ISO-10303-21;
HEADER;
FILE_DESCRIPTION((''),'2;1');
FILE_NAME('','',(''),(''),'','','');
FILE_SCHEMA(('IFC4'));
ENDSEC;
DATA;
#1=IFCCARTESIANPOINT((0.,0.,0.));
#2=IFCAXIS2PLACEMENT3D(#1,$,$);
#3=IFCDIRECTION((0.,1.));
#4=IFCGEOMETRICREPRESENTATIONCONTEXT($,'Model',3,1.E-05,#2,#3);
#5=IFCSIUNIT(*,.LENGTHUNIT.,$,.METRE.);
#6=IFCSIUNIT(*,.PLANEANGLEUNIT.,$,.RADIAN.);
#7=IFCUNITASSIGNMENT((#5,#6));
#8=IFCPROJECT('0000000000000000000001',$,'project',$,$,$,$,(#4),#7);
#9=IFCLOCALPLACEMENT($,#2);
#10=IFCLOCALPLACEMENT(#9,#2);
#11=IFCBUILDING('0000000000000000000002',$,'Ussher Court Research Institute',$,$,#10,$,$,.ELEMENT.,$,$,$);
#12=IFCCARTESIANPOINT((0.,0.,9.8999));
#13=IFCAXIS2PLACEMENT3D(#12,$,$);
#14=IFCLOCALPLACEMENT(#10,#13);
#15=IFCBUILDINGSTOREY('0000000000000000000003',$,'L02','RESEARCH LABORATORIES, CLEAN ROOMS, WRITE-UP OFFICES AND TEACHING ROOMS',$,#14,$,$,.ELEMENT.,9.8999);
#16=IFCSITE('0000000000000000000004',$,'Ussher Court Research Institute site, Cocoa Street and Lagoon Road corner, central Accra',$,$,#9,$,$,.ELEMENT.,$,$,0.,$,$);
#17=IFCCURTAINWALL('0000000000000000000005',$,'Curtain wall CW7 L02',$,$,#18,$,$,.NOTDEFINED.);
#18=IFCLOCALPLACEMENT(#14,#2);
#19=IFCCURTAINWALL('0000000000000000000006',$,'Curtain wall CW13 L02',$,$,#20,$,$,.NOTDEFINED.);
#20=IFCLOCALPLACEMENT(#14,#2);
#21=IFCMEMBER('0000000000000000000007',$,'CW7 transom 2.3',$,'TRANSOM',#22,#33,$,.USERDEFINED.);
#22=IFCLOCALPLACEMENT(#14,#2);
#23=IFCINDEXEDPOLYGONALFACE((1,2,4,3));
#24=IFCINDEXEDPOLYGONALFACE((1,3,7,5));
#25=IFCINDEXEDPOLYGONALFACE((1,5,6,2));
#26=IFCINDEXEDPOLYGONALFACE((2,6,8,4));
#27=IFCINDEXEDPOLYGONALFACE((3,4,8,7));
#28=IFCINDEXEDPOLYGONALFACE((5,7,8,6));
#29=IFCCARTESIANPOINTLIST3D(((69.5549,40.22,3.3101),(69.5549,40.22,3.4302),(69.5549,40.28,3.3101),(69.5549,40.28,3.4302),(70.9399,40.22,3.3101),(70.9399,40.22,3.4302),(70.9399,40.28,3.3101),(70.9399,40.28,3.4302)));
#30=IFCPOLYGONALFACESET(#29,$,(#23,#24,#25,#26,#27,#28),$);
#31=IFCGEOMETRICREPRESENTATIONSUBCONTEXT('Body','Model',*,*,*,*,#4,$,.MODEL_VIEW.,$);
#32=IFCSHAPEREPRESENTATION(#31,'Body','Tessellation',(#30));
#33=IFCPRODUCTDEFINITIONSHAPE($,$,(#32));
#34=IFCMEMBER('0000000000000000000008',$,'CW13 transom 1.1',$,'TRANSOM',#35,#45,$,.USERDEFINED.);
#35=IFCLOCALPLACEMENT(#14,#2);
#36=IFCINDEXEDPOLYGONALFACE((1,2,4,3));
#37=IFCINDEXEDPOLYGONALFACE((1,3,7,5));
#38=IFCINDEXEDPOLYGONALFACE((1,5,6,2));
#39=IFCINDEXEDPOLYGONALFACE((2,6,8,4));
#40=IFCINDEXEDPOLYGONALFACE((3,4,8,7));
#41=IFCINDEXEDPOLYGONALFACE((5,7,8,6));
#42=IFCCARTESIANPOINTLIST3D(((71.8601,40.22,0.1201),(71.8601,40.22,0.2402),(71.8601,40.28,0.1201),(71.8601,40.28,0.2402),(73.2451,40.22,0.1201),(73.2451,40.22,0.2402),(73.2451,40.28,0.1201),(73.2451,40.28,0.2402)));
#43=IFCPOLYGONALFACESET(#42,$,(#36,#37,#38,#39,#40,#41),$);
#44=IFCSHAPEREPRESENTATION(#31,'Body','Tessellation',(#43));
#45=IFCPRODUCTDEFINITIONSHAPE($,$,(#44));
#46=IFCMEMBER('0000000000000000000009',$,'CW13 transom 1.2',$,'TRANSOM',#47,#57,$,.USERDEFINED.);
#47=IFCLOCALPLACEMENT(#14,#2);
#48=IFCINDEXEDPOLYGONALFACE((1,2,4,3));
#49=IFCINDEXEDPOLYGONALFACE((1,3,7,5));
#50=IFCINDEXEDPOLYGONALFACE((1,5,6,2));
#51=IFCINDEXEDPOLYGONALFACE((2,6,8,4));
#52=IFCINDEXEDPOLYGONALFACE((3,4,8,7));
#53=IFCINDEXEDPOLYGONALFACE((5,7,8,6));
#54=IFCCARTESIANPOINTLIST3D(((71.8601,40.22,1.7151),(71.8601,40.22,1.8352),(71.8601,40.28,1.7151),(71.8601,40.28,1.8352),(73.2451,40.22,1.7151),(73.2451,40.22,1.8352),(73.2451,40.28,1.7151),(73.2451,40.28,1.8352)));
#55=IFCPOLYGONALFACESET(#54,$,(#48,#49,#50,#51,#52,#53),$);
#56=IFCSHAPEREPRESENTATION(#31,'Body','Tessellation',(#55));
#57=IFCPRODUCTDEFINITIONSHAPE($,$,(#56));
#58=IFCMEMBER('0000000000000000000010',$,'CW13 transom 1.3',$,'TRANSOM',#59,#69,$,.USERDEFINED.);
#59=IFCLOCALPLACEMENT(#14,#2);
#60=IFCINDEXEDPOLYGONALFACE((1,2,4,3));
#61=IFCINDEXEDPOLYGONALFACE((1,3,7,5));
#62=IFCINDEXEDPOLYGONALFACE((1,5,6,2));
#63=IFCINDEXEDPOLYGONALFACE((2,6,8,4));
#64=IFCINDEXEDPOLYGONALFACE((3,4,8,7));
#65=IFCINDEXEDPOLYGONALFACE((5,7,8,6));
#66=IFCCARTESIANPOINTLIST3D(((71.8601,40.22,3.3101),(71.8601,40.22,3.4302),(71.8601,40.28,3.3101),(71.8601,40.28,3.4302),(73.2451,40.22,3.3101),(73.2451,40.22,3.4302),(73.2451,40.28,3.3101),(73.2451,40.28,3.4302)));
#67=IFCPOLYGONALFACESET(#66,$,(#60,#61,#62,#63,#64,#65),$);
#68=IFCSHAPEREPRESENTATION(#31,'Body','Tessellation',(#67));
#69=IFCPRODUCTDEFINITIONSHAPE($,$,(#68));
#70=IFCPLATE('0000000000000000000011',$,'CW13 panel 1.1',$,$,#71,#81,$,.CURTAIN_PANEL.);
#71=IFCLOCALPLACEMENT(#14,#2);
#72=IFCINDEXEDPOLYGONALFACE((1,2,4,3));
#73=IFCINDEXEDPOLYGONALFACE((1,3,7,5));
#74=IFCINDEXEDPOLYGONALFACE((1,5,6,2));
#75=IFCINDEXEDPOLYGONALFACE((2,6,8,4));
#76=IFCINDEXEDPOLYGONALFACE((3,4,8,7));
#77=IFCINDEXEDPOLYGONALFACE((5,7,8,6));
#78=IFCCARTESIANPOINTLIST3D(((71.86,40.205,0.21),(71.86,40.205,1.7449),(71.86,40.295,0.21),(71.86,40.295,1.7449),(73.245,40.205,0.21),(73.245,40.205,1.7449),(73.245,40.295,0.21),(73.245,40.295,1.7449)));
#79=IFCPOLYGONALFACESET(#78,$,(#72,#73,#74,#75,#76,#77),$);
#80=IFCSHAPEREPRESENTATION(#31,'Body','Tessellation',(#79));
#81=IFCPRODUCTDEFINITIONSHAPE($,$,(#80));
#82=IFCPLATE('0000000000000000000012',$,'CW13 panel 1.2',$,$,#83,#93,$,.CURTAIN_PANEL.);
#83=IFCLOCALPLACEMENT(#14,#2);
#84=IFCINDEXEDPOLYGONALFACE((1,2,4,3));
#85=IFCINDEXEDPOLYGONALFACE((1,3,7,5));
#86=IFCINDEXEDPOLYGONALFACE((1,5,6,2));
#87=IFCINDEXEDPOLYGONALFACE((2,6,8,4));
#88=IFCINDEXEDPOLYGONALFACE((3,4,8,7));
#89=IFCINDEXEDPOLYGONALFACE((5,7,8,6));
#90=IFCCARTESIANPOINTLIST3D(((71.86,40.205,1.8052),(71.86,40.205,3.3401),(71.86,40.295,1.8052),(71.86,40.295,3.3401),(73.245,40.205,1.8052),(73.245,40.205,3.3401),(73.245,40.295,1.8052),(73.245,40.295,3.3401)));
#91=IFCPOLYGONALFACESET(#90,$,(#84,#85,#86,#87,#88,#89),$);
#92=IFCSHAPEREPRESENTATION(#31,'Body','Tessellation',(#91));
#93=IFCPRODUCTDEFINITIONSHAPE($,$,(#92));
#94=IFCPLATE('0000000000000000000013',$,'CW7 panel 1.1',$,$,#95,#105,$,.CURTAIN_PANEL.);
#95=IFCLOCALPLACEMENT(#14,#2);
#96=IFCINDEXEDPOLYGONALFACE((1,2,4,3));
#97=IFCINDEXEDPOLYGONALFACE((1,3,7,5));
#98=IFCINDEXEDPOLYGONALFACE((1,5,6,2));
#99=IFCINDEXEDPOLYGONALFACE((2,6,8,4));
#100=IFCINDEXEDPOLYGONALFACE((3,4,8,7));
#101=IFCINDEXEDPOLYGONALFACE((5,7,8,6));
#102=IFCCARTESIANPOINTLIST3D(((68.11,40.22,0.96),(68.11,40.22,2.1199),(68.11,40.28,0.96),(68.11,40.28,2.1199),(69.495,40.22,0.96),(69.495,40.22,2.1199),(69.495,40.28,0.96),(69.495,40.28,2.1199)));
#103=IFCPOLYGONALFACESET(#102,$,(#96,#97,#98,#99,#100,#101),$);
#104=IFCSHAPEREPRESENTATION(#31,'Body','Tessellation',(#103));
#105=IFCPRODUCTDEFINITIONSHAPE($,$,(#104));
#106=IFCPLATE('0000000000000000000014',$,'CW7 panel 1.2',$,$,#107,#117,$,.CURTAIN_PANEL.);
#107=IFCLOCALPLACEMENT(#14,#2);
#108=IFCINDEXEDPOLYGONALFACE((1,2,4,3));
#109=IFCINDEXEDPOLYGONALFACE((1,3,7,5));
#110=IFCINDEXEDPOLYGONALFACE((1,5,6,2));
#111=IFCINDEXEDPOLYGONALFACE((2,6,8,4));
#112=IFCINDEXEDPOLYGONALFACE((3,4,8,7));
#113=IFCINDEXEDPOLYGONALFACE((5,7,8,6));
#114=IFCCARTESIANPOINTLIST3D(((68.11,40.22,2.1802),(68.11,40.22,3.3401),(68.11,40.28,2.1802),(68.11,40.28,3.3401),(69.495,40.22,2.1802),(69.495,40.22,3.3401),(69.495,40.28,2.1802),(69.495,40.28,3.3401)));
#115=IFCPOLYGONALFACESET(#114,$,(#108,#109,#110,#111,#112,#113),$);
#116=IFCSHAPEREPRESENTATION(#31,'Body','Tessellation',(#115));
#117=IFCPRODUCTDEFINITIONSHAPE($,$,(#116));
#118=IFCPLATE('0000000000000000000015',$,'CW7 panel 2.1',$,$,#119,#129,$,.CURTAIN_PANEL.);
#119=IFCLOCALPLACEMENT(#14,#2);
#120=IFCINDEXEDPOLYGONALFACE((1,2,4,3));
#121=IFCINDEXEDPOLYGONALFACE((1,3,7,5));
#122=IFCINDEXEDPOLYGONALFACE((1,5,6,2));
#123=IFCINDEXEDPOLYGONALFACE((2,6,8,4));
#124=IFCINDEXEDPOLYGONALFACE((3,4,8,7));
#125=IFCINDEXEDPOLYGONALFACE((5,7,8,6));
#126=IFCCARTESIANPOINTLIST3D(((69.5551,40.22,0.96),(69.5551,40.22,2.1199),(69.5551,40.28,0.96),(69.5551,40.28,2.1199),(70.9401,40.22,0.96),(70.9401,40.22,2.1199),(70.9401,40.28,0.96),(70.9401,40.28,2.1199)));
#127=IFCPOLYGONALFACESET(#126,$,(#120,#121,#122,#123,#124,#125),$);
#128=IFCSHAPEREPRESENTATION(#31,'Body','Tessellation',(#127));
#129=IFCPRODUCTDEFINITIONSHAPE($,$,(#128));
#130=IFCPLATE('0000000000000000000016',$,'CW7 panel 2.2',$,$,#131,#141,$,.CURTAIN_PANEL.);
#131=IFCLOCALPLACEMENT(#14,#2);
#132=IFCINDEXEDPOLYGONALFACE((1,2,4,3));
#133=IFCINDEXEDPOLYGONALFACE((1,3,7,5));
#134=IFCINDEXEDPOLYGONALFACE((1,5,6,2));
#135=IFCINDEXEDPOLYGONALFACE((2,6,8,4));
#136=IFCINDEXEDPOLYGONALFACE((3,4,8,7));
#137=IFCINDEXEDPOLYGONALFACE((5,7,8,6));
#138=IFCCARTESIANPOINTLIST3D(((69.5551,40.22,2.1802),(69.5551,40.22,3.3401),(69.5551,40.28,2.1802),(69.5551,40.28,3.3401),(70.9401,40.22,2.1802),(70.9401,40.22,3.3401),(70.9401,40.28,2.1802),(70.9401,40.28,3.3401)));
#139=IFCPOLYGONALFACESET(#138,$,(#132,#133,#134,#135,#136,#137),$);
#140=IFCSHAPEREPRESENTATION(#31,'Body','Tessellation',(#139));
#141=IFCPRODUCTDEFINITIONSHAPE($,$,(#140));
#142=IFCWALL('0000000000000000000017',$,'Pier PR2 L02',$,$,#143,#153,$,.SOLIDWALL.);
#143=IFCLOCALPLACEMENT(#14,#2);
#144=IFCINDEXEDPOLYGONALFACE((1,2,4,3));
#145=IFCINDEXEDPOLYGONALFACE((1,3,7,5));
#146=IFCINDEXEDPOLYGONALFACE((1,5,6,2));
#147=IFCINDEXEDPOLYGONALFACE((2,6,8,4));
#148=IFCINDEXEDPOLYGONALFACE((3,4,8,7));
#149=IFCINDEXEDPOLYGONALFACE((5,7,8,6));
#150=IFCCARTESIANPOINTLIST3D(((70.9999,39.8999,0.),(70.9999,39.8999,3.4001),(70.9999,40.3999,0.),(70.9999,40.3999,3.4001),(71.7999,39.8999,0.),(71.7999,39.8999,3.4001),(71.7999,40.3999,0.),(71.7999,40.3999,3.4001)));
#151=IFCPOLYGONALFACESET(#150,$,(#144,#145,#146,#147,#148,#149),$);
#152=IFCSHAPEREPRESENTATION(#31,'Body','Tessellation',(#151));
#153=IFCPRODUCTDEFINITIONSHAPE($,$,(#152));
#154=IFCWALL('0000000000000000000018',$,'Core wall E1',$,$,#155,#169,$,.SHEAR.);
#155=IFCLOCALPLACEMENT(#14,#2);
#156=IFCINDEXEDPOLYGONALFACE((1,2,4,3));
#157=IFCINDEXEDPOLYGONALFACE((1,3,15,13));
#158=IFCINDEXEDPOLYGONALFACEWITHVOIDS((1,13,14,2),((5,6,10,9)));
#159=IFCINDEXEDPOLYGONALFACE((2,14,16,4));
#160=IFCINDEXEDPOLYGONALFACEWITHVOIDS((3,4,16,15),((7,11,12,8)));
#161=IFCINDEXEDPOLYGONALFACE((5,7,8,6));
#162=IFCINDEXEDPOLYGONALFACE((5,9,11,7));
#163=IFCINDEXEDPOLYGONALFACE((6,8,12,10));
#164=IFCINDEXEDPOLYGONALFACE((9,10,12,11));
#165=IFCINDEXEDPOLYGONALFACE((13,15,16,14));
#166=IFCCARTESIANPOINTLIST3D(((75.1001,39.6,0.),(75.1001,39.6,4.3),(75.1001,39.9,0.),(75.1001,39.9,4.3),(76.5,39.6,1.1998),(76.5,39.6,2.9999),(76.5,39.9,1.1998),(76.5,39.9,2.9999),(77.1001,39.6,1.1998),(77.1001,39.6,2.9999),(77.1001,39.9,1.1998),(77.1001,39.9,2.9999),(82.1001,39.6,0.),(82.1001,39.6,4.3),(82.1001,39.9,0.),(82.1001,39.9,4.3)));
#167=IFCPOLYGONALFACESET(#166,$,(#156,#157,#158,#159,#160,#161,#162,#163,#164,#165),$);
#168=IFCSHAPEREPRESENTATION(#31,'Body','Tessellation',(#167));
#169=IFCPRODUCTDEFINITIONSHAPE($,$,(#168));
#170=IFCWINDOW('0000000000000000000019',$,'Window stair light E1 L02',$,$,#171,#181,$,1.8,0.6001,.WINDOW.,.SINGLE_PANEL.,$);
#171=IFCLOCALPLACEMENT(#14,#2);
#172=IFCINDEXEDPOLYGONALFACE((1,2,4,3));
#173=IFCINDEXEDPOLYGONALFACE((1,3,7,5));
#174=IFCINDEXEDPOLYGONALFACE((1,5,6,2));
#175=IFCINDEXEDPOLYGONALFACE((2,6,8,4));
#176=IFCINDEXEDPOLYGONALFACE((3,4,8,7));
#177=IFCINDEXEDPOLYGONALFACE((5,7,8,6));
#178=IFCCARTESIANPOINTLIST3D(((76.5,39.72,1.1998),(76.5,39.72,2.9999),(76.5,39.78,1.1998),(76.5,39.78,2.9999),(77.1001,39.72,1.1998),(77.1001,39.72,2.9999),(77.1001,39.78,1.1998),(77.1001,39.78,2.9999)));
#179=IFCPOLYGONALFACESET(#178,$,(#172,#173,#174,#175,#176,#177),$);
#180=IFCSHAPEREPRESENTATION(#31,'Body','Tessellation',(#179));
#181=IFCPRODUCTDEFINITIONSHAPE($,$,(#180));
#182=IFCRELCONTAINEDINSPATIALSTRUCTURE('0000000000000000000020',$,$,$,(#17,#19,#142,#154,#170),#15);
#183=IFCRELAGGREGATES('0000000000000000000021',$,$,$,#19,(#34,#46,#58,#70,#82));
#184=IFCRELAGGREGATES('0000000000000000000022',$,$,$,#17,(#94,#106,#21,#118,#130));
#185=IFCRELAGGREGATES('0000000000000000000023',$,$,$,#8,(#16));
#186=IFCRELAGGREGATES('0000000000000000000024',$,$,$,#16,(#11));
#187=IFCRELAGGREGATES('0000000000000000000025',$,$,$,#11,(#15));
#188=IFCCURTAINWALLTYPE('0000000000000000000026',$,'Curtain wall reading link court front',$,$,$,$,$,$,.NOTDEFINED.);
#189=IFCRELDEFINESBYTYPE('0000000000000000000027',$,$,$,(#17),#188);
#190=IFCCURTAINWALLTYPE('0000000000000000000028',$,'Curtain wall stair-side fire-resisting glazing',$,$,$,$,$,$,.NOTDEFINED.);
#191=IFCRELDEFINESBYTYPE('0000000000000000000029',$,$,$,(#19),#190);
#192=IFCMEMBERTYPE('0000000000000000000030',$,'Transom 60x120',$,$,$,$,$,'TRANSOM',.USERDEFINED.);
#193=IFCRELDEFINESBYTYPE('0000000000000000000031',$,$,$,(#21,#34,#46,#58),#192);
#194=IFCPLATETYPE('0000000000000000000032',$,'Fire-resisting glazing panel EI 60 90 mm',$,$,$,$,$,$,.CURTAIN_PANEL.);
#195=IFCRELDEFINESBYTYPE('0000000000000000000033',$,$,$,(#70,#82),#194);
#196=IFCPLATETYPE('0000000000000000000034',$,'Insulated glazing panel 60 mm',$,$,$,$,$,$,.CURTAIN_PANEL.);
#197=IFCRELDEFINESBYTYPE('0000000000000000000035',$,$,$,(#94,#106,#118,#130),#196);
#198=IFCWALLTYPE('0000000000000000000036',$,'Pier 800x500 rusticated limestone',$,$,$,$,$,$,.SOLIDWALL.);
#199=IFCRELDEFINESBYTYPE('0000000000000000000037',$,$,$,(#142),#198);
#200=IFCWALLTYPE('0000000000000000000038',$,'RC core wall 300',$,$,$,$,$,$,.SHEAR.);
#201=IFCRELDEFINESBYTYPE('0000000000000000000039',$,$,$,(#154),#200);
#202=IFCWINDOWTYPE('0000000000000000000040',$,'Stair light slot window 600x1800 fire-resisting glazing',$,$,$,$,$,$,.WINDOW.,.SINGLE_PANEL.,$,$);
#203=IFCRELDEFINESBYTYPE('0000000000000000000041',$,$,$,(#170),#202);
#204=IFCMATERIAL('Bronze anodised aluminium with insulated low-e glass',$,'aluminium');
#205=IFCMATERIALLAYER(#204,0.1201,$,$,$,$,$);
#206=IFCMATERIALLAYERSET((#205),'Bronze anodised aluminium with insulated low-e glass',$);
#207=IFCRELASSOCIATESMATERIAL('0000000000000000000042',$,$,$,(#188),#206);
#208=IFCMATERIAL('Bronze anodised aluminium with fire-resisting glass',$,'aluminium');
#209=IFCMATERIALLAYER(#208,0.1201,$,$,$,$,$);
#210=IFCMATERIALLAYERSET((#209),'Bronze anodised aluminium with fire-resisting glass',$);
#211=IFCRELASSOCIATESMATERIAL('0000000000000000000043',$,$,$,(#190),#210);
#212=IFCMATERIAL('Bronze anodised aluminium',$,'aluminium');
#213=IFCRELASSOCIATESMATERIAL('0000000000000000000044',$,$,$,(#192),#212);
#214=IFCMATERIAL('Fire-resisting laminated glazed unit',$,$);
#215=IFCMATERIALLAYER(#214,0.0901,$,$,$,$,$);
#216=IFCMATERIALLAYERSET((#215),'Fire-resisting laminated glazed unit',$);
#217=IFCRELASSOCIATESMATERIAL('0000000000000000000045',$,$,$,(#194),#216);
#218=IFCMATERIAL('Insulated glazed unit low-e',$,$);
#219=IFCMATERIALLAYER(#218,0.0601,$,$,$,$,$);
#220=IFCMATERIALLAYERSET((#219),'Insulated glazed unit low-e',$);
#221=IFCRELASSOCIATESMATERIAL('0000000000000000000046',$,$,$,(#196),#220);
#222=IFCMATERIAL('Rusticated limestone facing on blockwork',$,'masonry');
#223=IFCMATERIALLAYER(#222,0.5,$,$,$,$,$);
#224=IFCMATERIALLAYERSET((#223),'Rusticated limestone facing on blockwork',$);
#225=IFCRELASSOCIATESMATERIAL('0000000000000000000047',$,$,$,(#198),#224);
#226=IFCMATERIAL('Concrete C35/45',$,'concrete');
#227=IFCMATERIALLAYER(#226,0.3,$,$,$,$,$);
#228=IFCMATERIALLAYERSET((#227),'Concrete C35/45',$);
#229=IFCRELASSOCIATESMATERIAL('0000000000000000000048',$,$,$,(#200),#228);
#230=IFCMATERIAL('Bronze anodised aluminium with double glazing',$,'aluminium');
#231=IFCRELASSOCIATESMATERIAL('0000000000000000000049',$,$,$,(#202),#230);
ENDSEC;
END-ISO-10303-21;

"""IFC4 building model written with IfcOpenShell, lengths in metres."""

from ifc_helpers import new_model, si_unit, direction, frame, frame_2d, origin, origin_2d, place, context, subcontext, project, spatial, rectangle, extrude, material, layer, layer_set, material_profile, profile_set, type_object, element, fill, aggregate, save


model = new_model("IFC4")

# Units and contexts
model_context = context("Model", 3, precision=1e-05, world=origin(), true_north=direction((0.0, 1.0)))
body_context = subcontext(model_context, "Body", "Model", "MODEL_VIEW")
ifc_project = project(units=[si_unit("LENGTHUNIT", "METRE"), si_unit("PLANEANGLEUNIT", "RADIAN")], contexts=[model_context])

# Site, building, storey
site_placement = place(None, origin())
site = spatial("IfcSite", under=ifc_project, at=site_placement, Name="Ussher Court Research Institute site, Cocoa Street and Lagoon Road corner, central Accra", CompositionType="ELEMENT", RefElevation=0.0)
building_placement = place(site_placement, origin())
building = spatial("IfcBuilding", under=site, at=building_placement, Name="Ussher Court Research Institute", CompositionType="ELEMENT")
storey_placement = place(building_placement, frame((0.0, 0.0, 9.8999)))
storey = spatial("IfcBuildingStorey", under=building, at=storey_placement, Name="L02", Description="RESEARCH LABORATORIES, CLEAN ROOMS, WRITE-UP OFFICES AND TEACHING ROOMS", CompositionType="ELEMENT", Elevation=9.8999)

# Shared definitions
ifc_material_1 = material(Name="Bronze anodised aluminium with insulated low-e glass", Category="aluminium")
ifc_layer_1 = layer(ifc_material_1, 0.1201)
ifc_layer_set_1 = layer_set([ifc_layer_1], Name="Bronze anodised aluminium with insulated low-e glass")
curtain_wall_type_1 = type_object("IfcCurtainWallType", Name="Curtain wall reading link court front", PredefinedType="NOTDEFINED", material=ifc_layer_set_1)

# Curtain walls
curtain_wall_1_placement = place(storey_placement, origin())
curtain_wall_1 = element("IfcCurtainWall", 1, at=curtain_wall_1_placement, inside=storey, type_object=curtain_wall_type_1, Name="Curtain wall CW7 L02", PredefinedType="NOTDEFINED")
ifc_material_2 = material(Name="Bronze anodised aluminium with fire-resisting glass", Category="aluminium")
ifc_layer_2 = layer(ifc_material_2, 0.1201)
ifc_layer_set_2 = layer_set([ifc_layer_2], Name="Bronze anodised aluminium with fire-resisting glass")
curtain_wall_type_2 = type_object("IfcCurtainWallType", Name="Curtain wall stair-side fire-resisting glazing", PredefinedType="NOTDEFINED", material=ifc_layer_set_2)
curtain_wall_2_placement = place(storey_placement, origin())
curtain_wall_2 = element("IfcCurtainWall", 2, at=curtain_wall_2_placement, inside=storey, type_object=curtain_wall_type_2, Name="Curtain wall CW13 L02", PredefinedType="NOTDEFINED")

# Members
ifc_material_3 = material(Name="Bronze anodised aluminium", Category="aluminium")
ifc_material_profile_1 = material_profile(ifc_material_3, rectangle(XDim=0.0601, YDim=0.1201, at=origin_2d()), Name="Transom 60x120")
ifc_profile_set_1 = profile_set([ifc_material_profile_1], Name="Bronze anodised aluminium")
member_type_1 = type_object("IfcMemberType", Name="Transom 60x120", ElementType="TRANSOM", PredefinedType="USERDEFINED", material=ifc_profile_set_1)
member_1_placement = place(storey_placement, frame((69.5549, 40.25, 3.3701), z_axis=(1.0, 0.0, 0.0), x_axis=(0.0, 1.0, 0.0)))
member_1 = element("IfcMember", 3, at=member_1_placement, type_object=member_type_1, Name="CW7 transom 2.3", ObjectType="TRANSOM", PredefinedType="USERDEFINED", context=body_context, shape_type="SweptSolid", body=[
    extrude(rectangle(XDim=0.0601, YDim=0.1201, at=origin_2d()), origin(), (0.0, 0.0, 1.0), 1.385),
])
member_2_placement = place(storey_placement, frame((71.8601, 40.25, 0.1802), z_axis=(1.0, 0.0, 0.0), x_axis=(0.0, 1.0, 0.0)))
member_2 = element("IfcMember", 4, at=member_2_placement, type_object=member_type_1, Name="CW13 transom 1.1", ObjectType="TRANSOM", PredefinedType="USERDEFINED", context=body_context, shape_type="SweptSolid", body=[
    extrude(rectangle(XDim=0.0601, YDim=0.1201, at=origin_2d()), origin(), (0.0, 0.0, 1.0), 1.385),
])
member_3_placement = place(storey_placement, frame((71.8601, 40.25, 1.7751), z_axis=(1.0, 0.0, 0.0), x_axis=(0.0, 1.0, 0.0)))
member_3 = element("IfcMember", 5, at=member_3_placement, type_object=member_type_1, Name="CW13 transom 1.2", ObjectType="TRANSOM", PredefinedType="USERDEFINED", context=body_context, shape_type="SweptSolid", body=[
    extrude(rectangle(XDim=0.0601, YDim=0.1201, at=origin_2d()), origin(), (0.0, 0.0, 1.0), 1.385),
])
member_4_placement = place(storey_placement, frame((71.8601, 40.25, 3.3701), z_axis=(1.0, 0.0, 0.0), x_axis=(0.0, 1.0, 0.0)))
member_4 = element("IfcMember", 6, at=member_4_placement, type_object=member_type_1, Name="CW13 transom 1.3", ObjectType="TRANSOM", PredefinedType="USERDEFINED", context=body_context, shape_type="SweptSolid", body=[
    extrude(rectangle(XDim=0.0601, YDim=0.1201, at=origin_2d()), origin(), (0.0, 0.0, 1.0), 1.385),
])

# Plates
ifc_material_4 = material(Name="Fire-resisting laminated glazed unit")
ifc_layer_3 = layer(ifc_material_4, 0.0901)
ifc_layer_set_3 = layer_set([ifc_layer_3], Name="Fire-resisting laminated glazed unit")
plate_type_1 = type_object("IfcPlateType", Name="Fire-resisting glazing panel EI 60 90 mm", PredefinedType="CURTAIN_PANEL", material=ifc_layer_set_3)
plate_1_placement = place(storey_placement, frame((72.5525, 40.25, 0.21), z_axis=(0.0, 0.0, 1.0), x_axis=(1.0, 0.0, 0.0)))
plate_1 = element("IfcPlate", 7, at=plate_1_placement, type_object=plate_type_1, Name="CW13 panel 1.1", PredefinedType="CURTAIN_PANEL", context=body_context, shape_type="SweptSolid", body=[
    extrude(rectangle(XDim=1.385, YDim=0.0901, at=origin_2d()), origin(), (0.0, 0.0, 1.0), 1.5349),
])
plate_2_placement = place(storey_placement, frame((72.5525, 40.25, 1.8052), z_axis=(0.0, 0.0, 1.0), x_axis=(1.0, 0.0, 0.0)))
plate_2 = element("IfcPlate", 8, at=plate_2_placement, type_object=plate_type_1, Name="CW13 panel 1.2", PredefinedType="CURTAIN_PANEL", context=body_context, shape_type="SweptSolid", body=[
    extrude(rectangle(XDim=1.385, YDim=0.0901, at=origin_2d()), origin(), (0.0, 0.0, 1.0), 1.5349),
])
aggregate(curtain_wall_2, [member_2, member_3, member_4, plate_1, plate_2])
ifc_material_5 = material(Name="Insulated glazed unit low-e")
ifc_layer_4 = layer(ifc_material_5, 0.0601)
ifc_layer_set_4 = layer_set([ifc_layer_4], Name="Insulated glazed unit low-e")
plate_type_2 = type_object("IfcPlateType", Name="Insulated glazing panel 60 mm", PredefinedType="CURTAIN_PANEL", material=ifc_layer_set_4)
plate_3_placement = place(storey_placement, frame((68.8025, 40.25, 0.96), z_axis=(0.0, 0.0, 1.0), x_axis=(1.0, 0.0, 0.0)))
plate_3 = element("IfcPlate", 9, at=plate_3_placement, type_object=plate_type_2, Name="CW7 panel 1.1", PredefinedType="CURTAIN_PANEL", context=body_context, shape_type="SweptSolid", body=[
    extrude(rectangle(XDim=1.385, YDim=0.0601, at=origin_2d()), origin(), (0.0, 0.0, 1.0), 1.1599),
])
plate_4_placement = place(storey_placement, frame((68.8025, 40.25, 2.1802), z_axis=(0.0, 0.0, 1.0), x_axis=(1.0, 0.0, 0.0)))
plate_4 = element("IfcPlate", 10, at=plate_4_placement, type_object=plate_type_2, Name="CW7 panel 1.2", PredefinedType="CURTAIN_PANEL", context=body_context, shape_type="SweptSolid", body=[
    extrude(rectangle(XDim=1.385, YDim=0.0601, at=origin_2d()), origin(), (0.0, 0.0, 1.0), 1.1599),
])
plate_5_placement = place(storey_placement, frame((70.2476, 40.25, 0.96), z_axis=(0.0, 0.0, 1.0), x_axis=(1.0, 0.0, 0.0)))
plate_5 = element("IfcPlate", 11, at=plate_5_placement, type_object=plate_type_2, Name="CW7 panel 2.1", PredefinedType="CURTAIN_PANEL", context=body_context, shape_type="SweptSolid", body=[
    extrude(rectangle(XDim=1.385, YDim=0.0601, at=origin_2d()), origin(), (0.0, 0.0, 1.0), 1.1599),
])
plate_6_placement = place(storey_placement, frame((70.2476, 40.25, 2.1802), z_axis=(0.0, 0.0, 1.0), x_axis=(1.0, 0.0, 0.0)))
plate_6 = element("IfcPlate", 12, at=plate_6_placement, type_object=plate_type_2, Name="CW7 panel 2.2", PredefinedType="CURTAIN_PANEL", context=body_context, shape_type="SweptSolid", body=[
    extrude(rectangle(XDim=1.385, YDim=0.0601, at=origin_2d()), origin(), (0.0, 0.0, 1.0), 1.1599),
])
aggregate(curtain_wall_1, [plate_3, plate_4, member_1, plate_5, plate_6])

# Wall
ifc_material_6 = material(Name="Rusticated limestone facing on blockwork", Category="masonry")
ifc_layer_5 = layer(ifc_material_6, 0.5)
ifc_layer_set_5 = layer_set([ifc_layer_5], Name="Rusticated limestone facing on blockwork")
wall_type_1 = type_object("IfcWallType", Name="Pier 800x500 rusticated limestone", PredefinedType="SOLIDWALL", material=ifc_layer_set_5)
wall_1_placement = place(storey_placement, frame((71.0, 40.1499, 0.0), z_axis=(0.0, 0.0, 1.0), x_axis=(1.0, 0.0, 0.0)))
element("IfcWall", 13, at=wall_1_placement, inside=storey, type_object=wall_type_1, Name="Pier PR2 L02", PredefinedType="SOLIDWALL", context=body_context, shape_type="SweptSolid", body=[
    extrude(rectangle(XDim=0.8, YDim=0.5, at=frame_2d((0.3999, 0.0))), origin(), (0.0, 0.0, 1.0), 3.4001),
])

# Wall, opening, window
ifc_material_7 = material(Name="Concrete C35/45", Category="concrete")
ifc_layer_6 = layer(ifc_material_7, 0.3)
ifc_layer_set_6 = layer_set([ifc_layer_6], Name="Concrete C35/45")
wall_type_2 = type_object("IfcWallType", Name="RC core wall 300", PredefinedType="SHEAR", material=ifc_layer_set_6)
wall_2_placement = place(storey_placement, frame((75.1001, 39.75, 0.0), z_axis=(0.0, 0.0, 1.0), x_axis=(1.0, 0.0, 0.0)))
wall_2 = element("IfcWall", 14, at=wall_2_placement, inside=storey, type_object=wall_type_2, Name="Core wall E1", PredefinedType="SHEAR", context=body_context, shape_type="SweptSolid", body=[
    extrude(rectangle(XDim=7.0, YDim=0.3, at=frame_2d((3.5, 0.0))), origin(), (0.0, 0.0, 1.0), 4.3),
])
opening_placement = place(wall_2_placement, frame((1.3999, 0.0, 1.2)))
opening = element("IfcOpeningElement", 15, at=opening_placement, cuts=wall_2, PredefinedType="OPENING", context=body_context, shape_type="SweptSolid", body=[
    extrude(rectangle(XDim=0.6001, YDim=1.8, at=frame_2d((0.3, 0.8999))), frame((0.0, 0.1602, 0.0), z_axis=(0.0, -1.0, 0.0), x_axis=(1.0, 0.0, 0.0)), (0.0, 0.0, 1.0), 0.3201),
])
ifc_material_8 = material(Name="Bronze anodised aluminium with double glazing", Category="aluminium")
window_type = type_object("IfcWindowType", Name="Stair light slot window 600x1800 fire-resisting glazing", PartitioningType="SINGLE_PANEL", PredefinedType="WINDOW", material=ifc_material_8)
window_placement = place(opening_placement, origin())
window = element("IfcWindow", 16, at=window_placement, inside=storey, type_object=window_type, Name="Window stair light E1 L02", OverallHeight=1.8, OverallWidth=0.6001, PartitioningType="SINGLE_PANEL", PredefinedType="WINDOW", context=body_context, shape_type="SweptSolid", body=[
    extrude(rectangle(XDim=0.6001, YDim=1.8, at=frame_2d((0.3, 0.8999))), frame((0.0, 0.03, 0.0), z_axis=(0.0, -1.0, 0.0), x_axis=(1.0, 0.0, 0.0)), (0.0, 0.0, 1.0), 0.0601),
])
fill(opening, window)

save(model, "model.ifc")
